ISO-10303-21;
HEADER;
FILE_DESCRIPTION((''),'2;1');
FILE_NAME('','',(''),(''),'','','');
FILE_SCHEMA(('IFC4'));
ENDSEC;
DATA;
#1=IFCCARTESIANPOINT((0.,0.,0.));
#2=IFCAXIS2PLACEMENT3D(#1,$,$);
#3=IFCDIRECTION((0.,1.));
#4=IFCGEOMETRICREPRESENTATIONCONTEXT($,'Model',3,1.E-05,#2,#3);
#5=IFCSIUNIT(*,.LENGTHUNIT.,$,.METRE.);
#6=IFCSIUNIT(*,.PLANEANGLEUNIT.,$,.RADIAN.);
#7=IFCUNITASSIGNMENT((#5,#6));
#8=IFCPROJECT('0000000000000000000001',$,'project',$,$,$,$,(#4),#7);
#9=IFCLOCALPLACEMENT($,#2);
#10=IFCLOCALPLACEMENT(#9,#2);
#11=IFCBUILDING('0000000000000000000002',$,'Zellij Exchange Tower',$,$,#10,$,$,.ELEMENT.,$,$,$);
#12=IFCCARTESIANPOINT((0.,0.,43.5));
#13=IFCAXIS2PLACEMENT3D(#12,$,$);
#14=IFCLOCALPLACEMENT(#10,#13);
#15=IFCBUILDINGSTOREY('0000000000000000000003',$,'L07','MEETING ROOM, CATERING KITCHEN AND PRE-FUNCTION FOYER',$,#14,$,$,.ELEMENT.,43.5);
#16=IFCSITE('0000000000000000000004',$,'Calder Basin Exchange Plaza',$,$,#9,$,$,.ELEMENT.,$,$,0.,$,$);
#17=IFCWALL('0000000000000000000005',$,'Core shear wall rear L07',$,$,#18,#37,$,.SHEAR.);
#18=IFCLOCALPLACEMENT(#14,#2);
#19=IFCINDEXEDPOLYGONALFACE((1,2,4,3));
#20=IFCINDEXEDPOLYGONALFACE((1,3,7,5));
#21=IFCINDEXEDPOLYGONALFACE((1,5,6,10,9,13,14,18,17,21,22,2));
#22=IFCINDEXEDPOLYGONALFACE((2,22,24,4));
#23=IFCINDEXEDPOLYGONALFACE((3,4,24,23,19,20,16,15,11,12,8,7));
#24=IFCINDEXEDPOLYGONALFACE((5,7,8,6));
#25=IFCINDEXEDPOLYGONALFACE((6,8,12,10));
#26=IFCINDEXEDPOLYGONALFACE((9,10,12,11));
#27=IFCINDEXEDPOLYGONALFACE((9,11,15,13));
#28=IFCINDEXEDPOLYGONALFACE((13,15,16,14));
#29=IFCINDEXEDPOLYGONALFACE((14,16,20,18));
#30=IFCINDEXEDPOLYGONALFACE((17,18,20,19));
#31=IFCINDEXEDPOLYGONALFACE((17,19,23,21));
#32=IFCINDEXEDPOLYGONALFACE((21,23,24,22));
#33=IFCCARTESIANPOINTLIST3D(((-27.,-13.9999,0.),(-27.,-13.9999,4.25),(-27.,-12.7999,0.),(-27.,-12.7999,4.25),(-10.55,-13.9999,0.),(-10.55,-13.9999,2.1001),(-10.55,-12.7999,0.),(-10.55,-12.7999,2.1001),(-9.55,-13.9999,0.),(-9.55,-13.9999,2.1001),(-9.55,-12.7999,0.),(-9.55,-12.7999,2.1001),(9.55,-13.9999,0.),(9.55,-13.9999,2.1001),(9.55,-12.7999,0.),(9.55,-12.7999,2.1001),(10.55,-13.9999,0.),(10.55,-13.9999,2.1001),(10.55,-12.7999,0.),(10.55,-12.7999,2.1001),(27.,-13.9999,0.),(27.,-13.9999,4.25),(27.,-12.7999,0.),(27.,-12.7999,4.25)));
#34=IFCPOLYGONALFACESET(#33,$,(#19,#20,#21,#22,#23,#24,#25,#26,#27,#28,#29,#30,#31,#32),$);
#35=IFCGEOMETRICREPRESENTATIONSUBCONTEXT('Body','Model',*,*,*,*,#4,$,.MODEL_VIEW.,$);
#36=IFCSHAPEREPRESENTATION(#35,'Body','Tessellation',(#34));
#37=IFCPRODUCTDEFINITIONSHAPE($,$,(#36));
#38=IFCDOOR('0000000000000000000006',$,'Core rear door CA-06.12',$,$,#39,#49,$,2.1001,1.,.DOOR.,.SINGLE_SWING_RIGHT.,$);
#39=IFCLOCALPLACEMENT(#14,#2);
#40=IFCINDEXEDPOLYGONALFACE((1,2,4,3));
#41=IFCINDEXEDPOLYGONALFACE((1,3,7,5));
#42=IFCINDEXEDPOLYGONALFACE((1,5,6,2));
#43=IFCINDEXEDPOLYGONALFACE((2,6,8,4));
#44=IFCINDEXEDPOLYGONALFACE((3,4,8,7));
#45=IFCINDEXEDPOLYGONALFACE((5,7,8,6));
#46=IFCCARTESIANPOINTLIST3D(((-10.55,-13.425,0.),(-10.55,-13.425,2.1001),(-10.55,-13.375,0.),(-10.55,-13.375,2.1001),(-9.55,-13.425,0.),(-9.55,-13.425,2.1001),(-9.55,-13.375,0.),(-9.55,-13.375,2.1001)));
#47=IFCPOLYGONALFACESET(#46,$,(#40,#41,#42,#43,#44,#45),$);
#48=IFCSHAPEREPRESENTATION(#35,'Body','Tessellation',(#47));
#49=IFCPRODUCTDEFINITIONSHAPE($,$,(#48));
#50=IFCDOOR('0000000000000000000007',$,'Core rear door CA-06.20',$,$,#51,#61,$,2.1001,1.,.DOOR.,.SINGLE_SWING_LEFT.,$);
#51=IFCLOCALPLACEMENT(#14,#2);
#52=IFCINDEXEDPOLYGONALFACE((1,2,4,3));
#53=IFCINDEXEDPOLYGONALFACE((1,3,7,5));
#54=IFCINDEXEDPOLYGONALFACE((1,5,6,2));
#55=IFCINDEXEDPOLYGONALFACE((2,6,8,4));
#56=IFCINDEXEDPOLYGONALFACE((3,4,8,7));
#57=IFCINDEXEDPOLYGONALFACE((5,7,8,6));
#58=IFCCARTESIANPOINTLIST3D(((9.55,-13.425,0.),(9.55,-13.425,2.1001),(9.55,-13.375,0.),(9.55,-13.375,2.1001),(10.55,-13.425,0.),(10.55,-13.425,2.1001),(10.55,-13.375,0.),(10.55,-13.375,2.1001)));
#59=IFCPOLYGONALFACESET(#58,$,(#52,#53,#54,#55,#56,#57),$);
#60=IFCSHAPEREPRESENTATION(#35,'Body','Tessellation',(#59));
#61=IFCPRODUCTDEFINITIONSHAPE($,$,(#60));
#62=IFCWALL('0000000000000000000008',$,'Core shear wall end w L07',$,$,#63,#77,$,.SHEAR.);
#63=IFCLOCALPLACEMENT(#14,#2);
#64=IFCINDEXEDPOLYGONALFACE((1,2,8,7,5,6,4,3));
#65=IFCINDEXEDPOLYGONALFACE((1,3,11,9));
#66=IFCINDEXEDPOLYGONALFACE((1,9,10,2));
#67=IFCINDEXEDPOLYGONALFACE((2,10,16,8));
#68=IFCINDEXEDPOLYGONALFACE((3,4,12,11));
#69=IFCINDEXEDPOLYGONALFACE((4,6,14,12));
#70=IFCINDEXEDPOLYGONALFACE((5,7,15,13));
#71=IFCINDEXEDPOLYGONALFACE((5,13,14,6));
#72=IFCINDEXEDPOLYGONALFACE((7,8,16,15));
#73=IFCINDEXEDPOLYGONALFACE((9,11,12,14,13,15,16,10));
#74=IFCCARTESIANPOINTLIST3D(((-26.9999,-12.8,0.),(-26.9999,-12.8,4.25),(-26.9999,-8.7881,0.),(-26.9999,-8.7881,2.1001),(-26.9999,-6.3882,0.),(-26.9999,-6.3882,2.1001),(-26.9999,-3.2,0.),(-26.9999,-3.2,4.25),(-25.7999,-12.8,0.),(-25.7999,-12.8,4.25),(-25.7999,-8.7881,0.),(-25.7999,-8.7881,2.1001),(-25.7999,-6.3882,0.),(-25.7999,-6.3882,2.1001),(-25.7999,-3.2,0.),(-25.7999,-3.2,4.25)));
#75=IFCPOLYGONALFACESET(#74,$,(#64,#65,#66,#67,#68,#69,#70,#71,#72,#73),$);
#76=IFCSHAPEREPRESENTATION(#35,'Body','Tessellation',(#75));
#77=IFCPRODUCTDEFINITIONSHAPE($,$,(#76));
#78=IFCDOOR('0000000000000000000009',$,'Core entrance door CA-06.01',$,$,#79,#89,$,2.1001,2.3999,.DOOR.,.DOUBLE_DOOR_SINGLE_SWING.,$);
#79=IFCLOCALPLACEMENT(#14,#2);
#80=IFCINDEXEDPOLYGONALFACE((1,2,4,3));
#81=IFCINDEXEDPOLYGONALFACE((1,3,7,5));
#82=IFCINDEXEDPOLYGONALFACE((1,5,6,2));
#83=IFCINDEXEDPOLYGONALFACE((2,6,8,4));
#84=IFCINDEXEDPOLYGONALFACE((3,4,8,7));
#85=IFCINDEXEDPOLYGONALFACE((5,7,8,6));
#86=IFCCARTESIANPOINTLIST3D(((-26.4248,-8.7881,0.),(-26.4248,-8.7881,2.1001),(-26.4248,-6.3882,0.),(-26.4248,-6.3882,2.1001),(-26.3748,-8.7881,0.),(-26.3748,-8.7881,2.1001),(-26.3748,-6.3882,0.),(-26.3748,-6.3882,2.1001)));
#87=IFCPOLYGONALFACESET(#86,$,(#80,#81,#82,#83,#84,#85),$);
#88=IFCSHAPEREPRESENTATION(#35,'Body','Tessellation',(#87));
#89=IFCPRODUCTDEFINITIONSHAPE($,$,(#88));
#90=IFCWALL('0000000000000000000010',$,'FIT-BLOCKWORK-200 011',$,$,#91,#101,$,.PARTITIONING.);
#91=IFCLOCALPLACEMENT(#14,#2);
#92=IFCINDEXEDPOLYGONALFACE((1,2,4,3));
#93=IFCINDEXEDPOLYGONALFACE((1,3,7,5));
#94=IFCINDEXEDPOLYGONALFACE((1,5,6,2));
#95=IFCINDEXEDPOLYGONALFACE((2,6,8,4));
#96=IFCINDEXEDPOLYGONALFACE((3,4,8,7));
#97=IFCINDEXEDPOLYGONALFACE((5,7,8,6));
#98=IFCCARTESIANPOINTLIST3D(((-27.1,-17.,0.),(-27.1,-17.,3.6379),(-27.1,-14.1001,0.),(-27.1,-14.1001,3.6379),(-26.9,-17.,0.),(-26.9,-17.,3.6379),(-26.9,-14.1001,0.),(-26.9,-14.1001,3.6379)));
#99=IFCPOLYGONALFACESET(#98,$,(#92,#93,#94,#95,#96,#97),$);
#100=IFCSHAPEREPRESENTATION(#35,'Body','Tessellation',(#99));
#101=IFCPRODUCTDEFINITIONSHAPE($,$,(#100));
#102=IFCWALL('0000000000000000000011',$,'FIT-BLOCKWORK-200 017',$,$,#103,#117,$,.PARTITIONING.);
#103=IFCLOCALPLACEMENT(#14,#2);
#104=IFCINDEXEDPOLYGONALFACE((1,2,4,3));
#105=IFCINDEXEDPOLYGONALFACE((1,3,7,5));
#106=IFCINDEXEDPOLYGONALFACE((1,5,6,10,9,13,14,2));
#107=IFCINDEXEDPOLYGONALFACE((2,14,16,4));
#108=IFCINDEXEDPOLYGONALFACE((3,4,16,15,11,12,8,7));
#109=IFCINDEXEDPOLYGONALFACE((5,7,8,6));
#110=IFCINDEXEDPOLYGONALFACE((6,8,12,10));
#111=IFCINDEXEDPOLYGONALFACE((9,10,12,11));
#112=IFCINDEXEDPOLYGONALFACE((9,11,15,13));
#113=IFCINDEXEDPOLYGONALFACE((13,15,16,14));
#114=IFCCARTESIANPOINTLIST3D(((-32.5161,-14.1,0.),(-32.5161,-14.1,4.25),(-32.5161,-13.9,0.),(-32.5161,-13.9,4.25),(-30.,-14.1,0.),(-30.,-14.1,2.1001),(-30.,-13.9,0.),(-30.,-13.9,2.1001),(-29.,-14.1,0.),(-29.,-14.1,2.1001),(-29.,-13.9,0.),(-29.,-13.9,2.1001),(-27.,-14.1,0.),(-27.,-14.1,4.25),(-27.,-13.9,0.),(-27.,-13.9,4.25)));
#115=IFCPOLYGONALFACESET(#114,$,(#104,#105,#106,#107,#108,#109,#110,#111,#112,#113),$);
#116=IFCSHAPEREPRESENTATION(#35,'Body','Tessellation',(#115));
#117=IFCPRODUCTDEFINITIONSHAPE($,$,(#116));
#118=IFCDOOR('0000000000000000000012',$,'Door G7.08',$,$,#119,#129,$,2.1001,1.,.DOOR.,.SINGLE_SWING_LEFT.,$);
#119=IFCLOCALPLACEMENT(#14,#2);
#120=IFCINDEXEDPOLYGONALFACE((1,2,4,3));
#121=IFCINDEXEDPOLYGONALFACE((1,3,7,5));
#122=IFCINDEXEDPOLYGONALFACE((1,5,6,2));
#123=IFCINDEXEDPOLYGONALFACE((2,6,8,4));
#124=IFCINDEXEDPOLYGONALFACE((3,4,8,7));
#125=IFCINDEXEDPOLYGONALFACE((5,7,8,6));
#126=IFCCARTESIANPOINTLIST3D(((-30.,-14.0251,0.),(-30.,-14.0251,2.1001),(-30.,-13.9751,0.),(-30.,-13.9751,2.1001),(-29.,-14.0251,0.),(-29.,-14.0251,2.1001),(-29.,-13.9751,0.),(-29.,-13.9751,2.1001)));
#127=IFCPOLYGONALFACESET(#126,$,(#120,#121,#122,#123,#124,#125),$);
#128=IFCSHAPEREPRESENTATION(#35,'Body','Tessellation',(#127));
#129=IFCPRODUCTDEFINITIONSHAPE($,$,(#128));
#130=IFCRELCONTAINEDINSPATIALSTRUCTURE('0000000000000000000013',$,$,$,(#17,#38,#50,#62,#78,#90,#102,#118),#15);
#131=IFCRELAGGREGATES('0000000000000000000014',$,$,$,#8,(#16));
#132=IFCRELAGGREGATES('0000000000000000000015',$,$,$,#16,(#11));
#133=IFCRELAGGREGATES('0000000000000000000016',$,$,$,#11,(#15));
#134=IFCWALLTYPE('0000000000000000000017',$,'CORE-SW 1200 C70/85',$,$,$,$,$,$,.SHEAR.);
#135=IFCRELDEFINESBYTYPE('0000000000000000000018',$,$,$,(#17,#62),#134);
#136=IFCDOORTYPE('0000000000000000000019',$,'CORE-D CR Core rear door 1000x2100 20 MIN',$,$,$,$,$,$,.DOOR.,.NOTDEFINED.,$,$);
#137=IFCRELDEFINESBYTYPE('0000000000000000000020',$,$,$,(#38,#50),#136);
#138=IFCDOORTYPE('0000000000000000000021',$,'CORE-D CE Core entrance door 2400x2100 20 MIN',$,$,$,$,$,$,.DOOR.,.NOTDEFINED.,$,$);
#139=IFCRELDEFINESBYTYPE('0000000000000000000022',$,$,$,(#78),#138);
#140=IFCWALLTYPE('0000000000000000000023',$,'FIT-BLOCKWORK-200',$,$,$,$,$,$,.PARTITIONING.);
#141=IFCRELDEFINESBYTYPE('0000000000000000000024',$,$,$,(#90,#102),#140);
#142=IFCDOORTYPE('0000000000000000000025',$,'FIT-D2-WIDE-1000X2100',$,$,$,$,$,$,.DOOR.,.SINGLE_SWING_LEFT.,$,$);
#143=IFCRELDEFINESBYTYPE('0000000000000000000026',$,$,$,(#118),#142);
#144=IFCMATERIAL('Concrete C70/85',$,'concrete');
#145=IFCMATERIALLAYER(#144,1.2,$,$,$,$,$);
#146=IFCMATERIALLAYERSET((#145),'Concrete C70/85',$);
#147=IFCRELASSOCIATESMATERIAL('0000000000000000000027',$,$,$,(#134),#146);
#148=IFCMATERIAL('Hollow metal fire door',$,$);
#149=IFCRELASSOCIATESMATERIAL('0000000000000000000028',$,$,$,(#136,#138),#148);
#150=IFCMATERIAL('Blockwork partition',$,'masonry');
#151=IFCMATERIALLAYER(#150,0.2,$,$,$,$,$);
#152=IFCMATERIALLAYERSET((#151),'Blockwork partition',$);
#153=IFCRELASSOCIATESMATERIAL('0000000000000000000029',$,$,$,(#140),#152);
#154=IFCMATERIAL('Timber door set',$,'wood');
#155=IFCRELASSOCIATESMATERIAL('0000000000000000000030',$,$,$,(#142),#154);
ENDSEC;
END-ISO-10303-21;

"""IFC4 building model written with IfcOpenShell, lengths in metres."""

from ifc_helpers import new_model, si_unit, direction, frame, frame_2d, origin, place, context, subcontext, project, spatial, rectangle, extrude, material, layer, layer_set, type_object, element, fill, save


model = new_model("IFC4")

# Units and contexts
model_context = context("Model", 3, precision=1e-05, world=origin(), true_north=direction((0.0, 1.0)))
body_context = subcontext(model_context, "Body", "Model", "MODEL_VIEW")
ifc_project = project(units=[si_unit("LENGTHUNIT", "METRE"), si_unit("PLANEANGLEUNIT", "RADIAN")], contexts=[model_context])

# Site, building, storey
site_placement = place(None, origin())
site = spatial("IfcSite", under=ifc_project, at=site_placement, Name="Calder Basin Exchange Plaza", CompositionType="ELEMENT", RefElevation=0.0)
building_placement = place(site_placement, origin())
building = spatial("IfcBuilding", under=site, at=building_placement, Name="Zellij Exchange Tower", CompositionType="ELEMENT")
storey_placement = place(building_placement, frame((0.0, 0.0, 43.5)))
storey = spatial("IfcBuildingStorey", under=building, at=storey_placement, Name="L07", Description="MEETING ROOM, CATERING KITCHEN AND PRE-FUNCTION FOYER", CompositionType="ELEMENT", Elevation=43.5)

# Shared definitions
ifc_material_1 = material(Name="Concrete C70/85", Category="concrete")

# Wall, openings, doors
ifc_layer_1 = layer(ifc_material_1, 1.2)
ifc_layer_set_1 = layer_set([ifc_layer_1], Name="Concrete C70/85")
wall_type_1 = type_object("IfcWallType", Name="CORE-SW 1200 C70/85", PredefinedType="SHEAR", material=ifc_layer_set_1)
wall_1_placement = place(storey_placement, frame((-27.0, -13.3999, 0.0), z_axis=(0.0, 0.0, 1.0), x_axis=(1.0, 0.0, 0.0)))
wall_1 = element("IfcWall", 1, at=wall_1_placement, inside=storey, type_object=wall_type_1, Name="Core shear wall rear L07", PredefinedType="SHEAR", context=body_context, shape_type="SweptSolid", body=[
    extrude(rectangle(XDim=54.0, YDim=1.2, at=frame_2d((27.0, 0.0))), origin(), (0.0, 0.0, 1.0), 4.25),
])
opening_1_placement = place(wall_1_placement, frame((16.45, 0.0, 0.0)))
opening_1 = element("IfcOpeningElement", 2, at=opening_1_placement, cuts=wall_1, PredefinedType="OPENING", context=body_context, shape_type="SweptSolid", body=[
    extrude(rectangle(XDim=1.0, YDim=2.1001, at=frame_2d((0.5, 1.05))), frame((0.0, 0.6118, 0.0), z_axis=(0.0, -1.0, 0.0), x_axis=(1.0, 0.0, 0.0)), (0.0, 0.0, 1.0), 1.2239),
])
opening_2_placement = place(wall_1_placement, frame((36.55, 0.0, 0.0)))
opening_2 = element("IfcOpeningElement", 3, at=opening_2_placement, cuts=wall_1, PredefinedType="OPENING", context=body_context, shape_type="SweptSolid", body=[
    extrude(rectangle(XDim=1.0, YDim=2.1001, at=frame_2d((0.5, 1.05))), frame((0.0, 0.6118, 0.0), z_axis=(0.0, -1.0, 0.0), x_axis=(1.0, 0.0, 0.0)), (0.0, 0.0, 1.0), 1.2239),
])
ifc_material_2 = material(Name="Hollow metal fire door")
door_type_1 = type_object("IfcDoorType", Name="CORE-D CR Core rear door 1000x2100 20 MIN", OperationType="NOTDEFINED", PredefinedType="DOOR", material=ifc_material_2)
door_1_placement = place(opening_1_placement, origin())
door_1 = element("IfcDoor", 4, at=door_1_placement, inside=storey, type_object=door_type_1, Name="Core rear door CA-06.12", OperationType="SINGLE_SWING_RIGHT", OverallHeight=2.1001, OverallWidth=1.0, PredefinedType="DOOR", context=body_context, shape_type="SweptSolid", body=[
    extrude(rectangle(XDim=1.0, YDim=2.1001, at=frame_2d((0.5, 1.05))), frame((0.0, 0.0249, 0.0), z_axis=(0.0, -1.0, 0.0), x_axis=(1.0, 0.0, 0.0)), (0.0, 0.0, 1.0), 0.05),
])
fill(opening_1, door_1)
door_2_placement = place(opening_2_placement, origin())
door_2 = element("IfcDoor", 5, at=door_2_placement, inside=storey, type_object=door_type_1, Name="Core rear door CA-06.20", OperationType="SINGLE_SWING_LEFT", OverallHeight=2.1001, OverallWidth=1.0, PredefinedType="DOOR", context=body_context, shape_type="SweptSolid", body=[
    extrude(rectangle(XDim=1.0, YDim=2.1001, at=frame_2d((0.5, 1.05))), frame((0.0, 0.0249, 0.0), z_axis=(0.0, -1.0, 0.0), x_axis=(1.0, 0.0, 0.0)), (0.0, 0.0, 1.0), 0.05),
])
fill(opening_2, door_2)

# Wall, opening, door
wall_2_placement = place(storey_placement, frame((-26.3999, -12.8, 0.0), z_axis=(0.0, 0.0, 1.0), x_axis=(0.0, 1.0, 0.0)))
wall_2 = element("IfcWall", 6, at=wall_2_placement, inside=storey, type_object=wall_type_1, Name="Core shear wall end w L07", PredefinedType="SHEAR", context=body_context, shape_type="SweptSolid", body=[
    extrude(rectangle(XDim=9.6001, YDim=1.2, at=frame_2d((4.8, 0.0))), origin(), (0.0, 0.0, 1.0), 4.25),
])
opening_3_placement = place(wall_2_placement, frame((4.012, 0.0, 0.0)))
opening_3 = element("IfcOpeningElement", 7, at=opening_3_placement, cuts=wall_2, PredefinedType="OPENING", context=body_context, shape_type="SweptSolid", body=[
    extrude(rectangle(XDim=2.3999, YDim=2.1001, at=frame_2d((1.2, 1.05))), frame((0.0, 0.6118, 0.0), z_axis=(0.0, -1.0, 0.0), x_axis=(1.0, 0.0, 0.0)), (0.0, 0.0, 1.0), 1.2239),
])
door_type_2 = type_object("IfcDoorType", Name="CORE-D CE Core entrance door 2400x2100 20 MIN", OperationType="NOTDEFINED", PredefinedType="DOOR", material=ifc_material_2)
door_3_placement = place(opening_3_placement, origin())
door_3 = element("IfcDoor", 8, at=door_3_placement, inside=storey, type_object=door_type_2, Name="Core entrance door CA-06.01", OperationType="DOUBLE_DOOR_SINGLE_SWING", OverallHeight=2.1001, OverallWidth=2.3999, PredefinedType="DOOR", context=body_context, shape_type="SweptSolid", body=[
    extrude(rectangle(XDim=2.3999, YDim=2.1001, at=frame_2d((1.2, 1.05))), frame((0.0, 0.0249, 0.0), z_axis=(0.0, -1.0, 0.0), x_axis=(1.0, 0.0, 0.0)), (0.0, 0.0, 1.0), 0.05),
])
fill(opening_3, door_3)

# Wall
ifc_material_3 = material(Name="Blockwork partition", Category="masonry")
ifc_layer_2 = layer(ifc_material_3, 0.2)
ifc_layer_set_2 = layer_set([ifc_layer_2], Name="Blockwork partition")
wall_type_2 = type_object("IfcWallType", Name="FIT-BLOCKWORK-200", PredefinedType="PARTITIONING", material=ifc_layer_set_2)
wall_3_placement = place(storey_placement, frame((-27.0, -17.0, 0.0), z_axis=(0.0, 0.0, 1.0), x_axis=(0.0, 1.0, 0.0)))
element("IfcWall", 9, at=wall_3_placement, inside=storey, type_object=wall_type_2, Name="FIT-BLOCKWORK-200 011", PredefinedType="PARTITIONING", context=body_context, shape_type="SweptSolid", body=[
    extrude(rectangle(XDim=2.8999, YDim=0.2, at=frame_2d((1.45, 0.0))), origin(), (0.0, 0.0, 1.0), 3.6379),
])

# Wall, opening, door
wall_4_placement = place(storey_placement, frame((-32.5161, -14.0, 0.0), z_axis=(0.0, 0.0, 1.0), x_axis=(1.0, 0.0, 0.0)))
wall_4 = element("IfcWall", 10, at=wall_4_placement, inside=storey, type_object=wall_type_2, Name="FIT-BLOCKWORK-200 017", PredefinedType="PARTITIONING", context=body_context, shape_type="SweptSolid", body=[
    extrude(rectangle(XDim=5.5161, YDim=0.2, at=frame_2d((2.7581, 0.0))), origin(), (0.0, 0.0, 1.0), 4.25),
])
opening_4_placement = place(wall_4_placement, frame((2.5161, 0.0, 0.0)))
opening_4 = element("IfcOpeningElement", 11, at=opening_4_placement, cuts=wall_4, PredefinedType="OPENING", context=body_context, shape_type="SweptSolid", body=[
    extrude(rectangle(XDim=1.0, YDim=2.1001, at=frame_2d((0.5, 1.05))), frame((0.0, 0.1118, 0.0), z_axis=(0.0, -1.0, 0.0), x_axis=(1.0, 0.0, 0.0)), (0.0, 0.0, 1.0), 0.2239),
])
ifc_material_4 = material(Name="Timber door set", Category="wood")
door_type_3 = type_object("IfcDoorType", Name="FIT-D2-WIDE-1000X2100", OperationType="SINGLE_SWING_LEFT", PredefinedType="DOOR", material=ifc_material_4)
door_4_placement = place(opening_4_placement, origin())
door_4 = element("IfcDoor", 12, at=door_4_placement, inside=storey, type_object=door_type_3, Name="Door G7.08", OperationType="SINGLE_SWING_LEFT", OverallHeight=2.1001, OverallWidth=1.0, PredefinedType="DOOR", context=body_context, shape_type="SweptSolid", body=[
    extrude(rectangle(XDim=1.0, YDim=2.1001, at=frame_2d((0.5, 1.05))), frame((0.0, 0.0249, 0.0), z_axis=(0.0, -1.0, 0.0), x_axis=(1.0, 0.0, 0.0)), (0.0, 0.0, 1.0), 0.05),
])
fill(opening_4, door_4)

save(model, "model.ifc")
